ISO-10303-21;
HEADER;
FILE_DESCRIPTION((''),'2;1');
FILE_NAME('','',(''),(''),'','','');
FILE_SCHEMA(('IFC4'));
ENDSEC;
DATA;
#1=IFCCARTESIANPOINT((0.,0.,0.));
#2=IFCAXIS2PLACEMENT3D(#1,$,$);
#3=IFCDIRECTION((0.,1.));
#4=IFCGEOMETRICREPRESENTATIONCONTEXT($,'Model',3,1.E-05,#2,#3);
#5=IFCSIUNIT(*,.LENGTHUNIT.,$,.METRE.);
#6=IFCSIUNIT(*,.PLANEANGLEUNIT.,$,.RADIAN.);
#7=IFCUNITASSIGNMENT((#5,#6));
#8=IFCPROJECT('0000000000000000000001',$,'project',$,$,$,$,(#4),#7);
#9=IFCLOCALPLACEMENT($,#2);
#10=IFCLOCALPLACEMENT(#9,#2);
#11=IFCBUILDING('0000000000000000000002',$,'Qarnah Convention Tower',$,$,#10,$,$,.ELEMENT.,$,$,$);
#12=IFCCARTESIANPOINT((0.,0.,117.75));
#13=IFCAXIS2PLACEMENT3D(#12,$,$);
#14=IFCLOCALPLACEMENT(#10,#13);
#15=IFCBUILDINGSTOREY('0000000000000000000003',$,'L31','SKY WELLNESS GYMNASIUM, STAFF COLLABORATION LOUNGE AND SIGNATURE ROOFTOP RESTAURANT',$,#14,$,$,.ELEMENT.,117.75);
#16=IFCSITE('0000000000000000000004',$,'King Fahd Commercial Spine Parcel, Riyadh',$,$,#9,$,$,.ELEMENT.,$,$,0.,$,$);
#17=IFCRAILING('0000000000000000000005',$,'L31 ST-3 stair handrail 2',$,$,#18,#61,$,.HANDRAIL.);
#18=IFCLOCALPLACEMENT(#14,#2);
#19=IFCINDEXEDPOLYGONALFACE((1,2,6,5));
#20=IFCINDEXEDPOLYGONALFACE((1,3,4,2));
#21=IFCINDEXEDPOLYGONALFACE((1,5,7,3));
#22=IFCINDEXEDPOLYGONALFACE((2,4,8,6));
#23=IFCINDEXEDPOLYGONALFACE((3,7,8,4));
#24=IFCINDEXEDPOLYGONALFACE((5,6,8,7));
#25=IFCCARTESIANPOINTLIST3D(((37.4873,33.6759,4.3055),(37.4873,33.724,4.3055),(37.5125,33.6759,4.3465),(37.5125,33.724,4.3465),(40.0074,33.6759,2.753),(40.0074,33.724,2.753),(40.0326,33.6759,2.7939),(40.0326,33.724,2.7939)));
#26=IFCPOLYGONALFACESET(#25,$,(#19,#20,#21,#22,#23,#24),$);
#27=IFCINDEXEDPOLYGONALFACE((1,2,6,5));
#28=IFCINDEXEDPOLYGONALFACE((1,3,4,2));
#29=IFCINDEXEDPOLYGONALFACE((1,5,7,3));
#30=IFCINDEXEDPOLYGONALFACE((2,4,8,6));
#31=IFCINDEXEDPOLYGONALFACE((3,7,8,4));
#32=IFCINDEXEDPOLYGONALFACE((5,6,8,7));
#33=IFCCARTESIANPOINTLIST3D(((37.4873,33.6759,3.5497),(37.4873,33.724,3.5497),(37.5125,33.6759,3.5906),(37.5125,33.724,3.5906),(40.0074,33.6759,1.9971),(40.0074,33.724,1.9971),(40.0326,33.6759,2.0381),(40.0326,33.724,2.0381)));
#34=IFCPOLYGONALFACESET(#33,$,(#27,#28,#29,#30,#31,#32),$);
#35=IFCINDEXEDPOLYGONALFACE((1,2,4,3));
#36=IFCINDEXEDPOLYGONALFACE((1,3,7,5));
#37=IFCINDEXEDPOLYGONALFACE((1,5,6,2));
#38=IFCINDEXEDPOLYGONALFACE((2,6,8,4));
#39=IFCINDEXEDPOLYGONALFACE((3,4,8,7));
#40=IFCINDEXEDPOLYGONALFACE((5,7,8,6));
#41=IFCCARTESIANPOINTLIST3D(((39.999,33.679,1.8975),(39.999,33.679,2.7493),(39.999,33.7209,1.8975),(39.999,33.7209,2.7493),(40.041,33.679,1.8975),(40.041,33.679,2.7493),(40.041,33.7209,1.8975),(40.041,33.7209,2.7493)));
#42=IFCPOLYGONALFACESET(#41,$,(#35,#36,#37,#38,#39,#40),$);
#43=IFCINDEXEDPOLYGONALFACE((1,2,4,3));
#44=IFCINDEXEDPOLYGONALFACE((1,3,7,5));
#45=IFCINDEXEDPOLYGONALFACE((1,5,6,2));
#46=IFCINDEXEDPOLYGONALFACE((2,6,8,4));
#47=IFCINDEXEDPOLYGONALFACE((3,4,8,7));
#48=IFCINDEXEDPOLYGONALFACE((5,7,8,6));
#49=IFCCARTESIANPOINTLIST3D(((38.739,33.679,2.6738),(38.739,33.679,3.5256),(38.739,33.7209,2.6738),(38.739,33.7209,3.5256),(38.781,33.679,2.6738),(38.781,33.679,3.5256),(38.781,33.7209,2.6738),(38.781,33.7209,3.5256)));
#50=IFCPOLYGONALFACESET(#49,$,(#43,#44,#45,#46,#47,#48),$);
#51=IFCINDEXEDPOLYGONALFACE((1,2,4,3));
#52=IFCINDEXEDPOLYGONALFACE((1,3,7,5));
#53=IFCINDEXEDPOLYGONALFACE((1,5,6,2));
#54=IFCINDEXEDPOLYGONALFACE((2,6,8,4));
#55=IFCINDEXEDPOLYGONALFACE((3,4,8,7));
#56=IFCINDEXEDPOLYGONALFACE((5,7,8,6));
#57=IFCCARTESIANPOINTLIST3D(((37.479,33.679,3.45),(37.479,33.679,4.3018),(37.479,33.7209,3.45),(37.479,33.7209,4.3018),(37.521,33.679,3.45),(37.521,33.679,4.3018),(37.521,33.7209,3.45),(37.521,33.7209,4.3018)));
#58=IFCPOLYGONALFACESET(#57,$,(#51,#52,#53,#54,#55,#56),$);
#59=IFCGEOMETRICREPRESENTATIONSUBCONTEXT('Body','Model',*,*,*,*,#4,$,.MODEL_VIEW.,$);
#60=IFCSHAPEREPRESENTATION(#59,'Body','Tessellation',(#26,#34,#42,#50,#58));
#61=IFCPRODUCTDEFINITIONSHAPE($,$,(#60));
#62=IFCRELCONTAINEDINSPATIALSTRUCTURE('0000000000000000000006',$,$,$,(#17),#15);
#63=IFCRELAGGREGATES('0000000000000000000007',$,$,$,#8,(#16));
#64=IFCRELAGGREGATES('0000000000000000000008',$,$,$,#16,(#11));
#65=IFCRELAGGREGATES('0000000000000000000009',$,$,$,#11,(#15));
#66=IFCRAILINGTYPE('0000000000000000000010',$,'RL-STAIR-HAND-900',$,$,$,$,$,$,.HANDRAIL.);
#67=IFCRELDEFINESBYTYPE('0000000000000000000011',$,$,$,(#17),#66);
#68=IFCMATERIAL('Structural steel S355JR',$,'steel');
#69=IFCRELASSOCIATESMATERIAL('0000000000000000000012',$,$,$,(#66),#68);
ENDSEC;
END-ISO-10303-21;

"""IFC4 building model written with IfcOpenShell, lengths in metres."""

from ifc_helpers import new_model, si_unit, direction, frame, origin, origin_2d, place, context, subcontext, project, spatial, rectangle, extrude, material, type_object, element, save


model = new_model("IFC4")

# Units and contexts
model_context = context("Model", 3, precision=1e-05, world=origin(), true_north=direction((0.0, 1.0)))
body_context = subcontext(model_context, "Body", "Model", "MODEL_VIEW")
ifc_project = project(units=[si_unit("LENGTHUNIT", "METRE"), si_unit("PLANEANGLEUNIT", "RADIAN")], contexts=[model_context])

# Site, building, storey
site_placement = place(None, origin())
site = spatial("IfcSite", under=ifc_project, at=site_placement, Name="King Fahd Commercial Spine Parcel, Riyadh", CompositionType="ELEMENT", RefElevation=0.0)
building_placement = place(site_placement, origin())
building = spatial("IfcBuilding", under=site, at=building_placement, Name="Qarnah Convention Tower", CompositionType="ELEMENT")
storey_placement = place(building_placement, frame((0.0, 0.0, 117.75)))
storey = spatial("IfcBuildingStorey", under=building, at=storey_placement, Name="L31", Description="SKY WELLNESS GYMNASIUM, STAFF COLLABORATION LOUNGE AND SIGNATURE ROOFTOP RESTAURANT", CompositionType="ELEMENT", Elevation=117.75)

# Shared definitions
ifc_material_1 = material(Name="Structural steel S355JR", Category="steel")

# Railing
railing_type_1 = type_object("IfcRailingType", Name="RL-STAIR-HAND-900", PredefinedType="HANDRAIL", material=ifc_material_1)
railing_1_placement = place(storey_placement, frame((40.02, 33.7, 1.8975)))
element("IfcRailing", 1, at=railing_1_placement, inside=storey, type_object=railing_type_1, Name="L31 ST-3 stair handrail 2", PredefinedType="HANDRAIL", context=body_context, shape_type="SweptSolid", body=[
    extrude(rectangle(XDim=0.0481, YDim=0.0481, at=origin_2d()), frame((0.0, 0.0, 0.876), z_axis=(-0.8514, 0.0, 0.524516), x_axis=(0.0, -1.0, 0.0)), (0.0, 0.0, 1.0), 2.96),
    extrude(rectangle(XDim=0.0481, YDim=0.0481, at=origin_2d()), frame((0.0, 0.0, 0.1201), z_axis=(-0.8514, 0.0, 0.524516), x_axis=(0.0, -1.0, 0.0)), (0.0, 0.0, 1.0), 2.96),
    extrude(rectangle(XDim=0.042, YDim=0.042, at=origin_2d()), origin(), (0.0, 0.0, 1.0), 0.8518),
    extrude(rectangle(XDim=0.042, YDim=0.042, at=origin_2d()), frame((-1.26, 0.0, 0.7764)), (0.0, 0.0, 1.0), 0.8518),
    extrude(rectangle(XDim=0.042, YDim=0.042, at=origin_2d()), frame((-2.52, 0.0, 1.5525)), (0.0, 0.0, 1.0), 0.8518),
])

save(model, "model.ifc")
